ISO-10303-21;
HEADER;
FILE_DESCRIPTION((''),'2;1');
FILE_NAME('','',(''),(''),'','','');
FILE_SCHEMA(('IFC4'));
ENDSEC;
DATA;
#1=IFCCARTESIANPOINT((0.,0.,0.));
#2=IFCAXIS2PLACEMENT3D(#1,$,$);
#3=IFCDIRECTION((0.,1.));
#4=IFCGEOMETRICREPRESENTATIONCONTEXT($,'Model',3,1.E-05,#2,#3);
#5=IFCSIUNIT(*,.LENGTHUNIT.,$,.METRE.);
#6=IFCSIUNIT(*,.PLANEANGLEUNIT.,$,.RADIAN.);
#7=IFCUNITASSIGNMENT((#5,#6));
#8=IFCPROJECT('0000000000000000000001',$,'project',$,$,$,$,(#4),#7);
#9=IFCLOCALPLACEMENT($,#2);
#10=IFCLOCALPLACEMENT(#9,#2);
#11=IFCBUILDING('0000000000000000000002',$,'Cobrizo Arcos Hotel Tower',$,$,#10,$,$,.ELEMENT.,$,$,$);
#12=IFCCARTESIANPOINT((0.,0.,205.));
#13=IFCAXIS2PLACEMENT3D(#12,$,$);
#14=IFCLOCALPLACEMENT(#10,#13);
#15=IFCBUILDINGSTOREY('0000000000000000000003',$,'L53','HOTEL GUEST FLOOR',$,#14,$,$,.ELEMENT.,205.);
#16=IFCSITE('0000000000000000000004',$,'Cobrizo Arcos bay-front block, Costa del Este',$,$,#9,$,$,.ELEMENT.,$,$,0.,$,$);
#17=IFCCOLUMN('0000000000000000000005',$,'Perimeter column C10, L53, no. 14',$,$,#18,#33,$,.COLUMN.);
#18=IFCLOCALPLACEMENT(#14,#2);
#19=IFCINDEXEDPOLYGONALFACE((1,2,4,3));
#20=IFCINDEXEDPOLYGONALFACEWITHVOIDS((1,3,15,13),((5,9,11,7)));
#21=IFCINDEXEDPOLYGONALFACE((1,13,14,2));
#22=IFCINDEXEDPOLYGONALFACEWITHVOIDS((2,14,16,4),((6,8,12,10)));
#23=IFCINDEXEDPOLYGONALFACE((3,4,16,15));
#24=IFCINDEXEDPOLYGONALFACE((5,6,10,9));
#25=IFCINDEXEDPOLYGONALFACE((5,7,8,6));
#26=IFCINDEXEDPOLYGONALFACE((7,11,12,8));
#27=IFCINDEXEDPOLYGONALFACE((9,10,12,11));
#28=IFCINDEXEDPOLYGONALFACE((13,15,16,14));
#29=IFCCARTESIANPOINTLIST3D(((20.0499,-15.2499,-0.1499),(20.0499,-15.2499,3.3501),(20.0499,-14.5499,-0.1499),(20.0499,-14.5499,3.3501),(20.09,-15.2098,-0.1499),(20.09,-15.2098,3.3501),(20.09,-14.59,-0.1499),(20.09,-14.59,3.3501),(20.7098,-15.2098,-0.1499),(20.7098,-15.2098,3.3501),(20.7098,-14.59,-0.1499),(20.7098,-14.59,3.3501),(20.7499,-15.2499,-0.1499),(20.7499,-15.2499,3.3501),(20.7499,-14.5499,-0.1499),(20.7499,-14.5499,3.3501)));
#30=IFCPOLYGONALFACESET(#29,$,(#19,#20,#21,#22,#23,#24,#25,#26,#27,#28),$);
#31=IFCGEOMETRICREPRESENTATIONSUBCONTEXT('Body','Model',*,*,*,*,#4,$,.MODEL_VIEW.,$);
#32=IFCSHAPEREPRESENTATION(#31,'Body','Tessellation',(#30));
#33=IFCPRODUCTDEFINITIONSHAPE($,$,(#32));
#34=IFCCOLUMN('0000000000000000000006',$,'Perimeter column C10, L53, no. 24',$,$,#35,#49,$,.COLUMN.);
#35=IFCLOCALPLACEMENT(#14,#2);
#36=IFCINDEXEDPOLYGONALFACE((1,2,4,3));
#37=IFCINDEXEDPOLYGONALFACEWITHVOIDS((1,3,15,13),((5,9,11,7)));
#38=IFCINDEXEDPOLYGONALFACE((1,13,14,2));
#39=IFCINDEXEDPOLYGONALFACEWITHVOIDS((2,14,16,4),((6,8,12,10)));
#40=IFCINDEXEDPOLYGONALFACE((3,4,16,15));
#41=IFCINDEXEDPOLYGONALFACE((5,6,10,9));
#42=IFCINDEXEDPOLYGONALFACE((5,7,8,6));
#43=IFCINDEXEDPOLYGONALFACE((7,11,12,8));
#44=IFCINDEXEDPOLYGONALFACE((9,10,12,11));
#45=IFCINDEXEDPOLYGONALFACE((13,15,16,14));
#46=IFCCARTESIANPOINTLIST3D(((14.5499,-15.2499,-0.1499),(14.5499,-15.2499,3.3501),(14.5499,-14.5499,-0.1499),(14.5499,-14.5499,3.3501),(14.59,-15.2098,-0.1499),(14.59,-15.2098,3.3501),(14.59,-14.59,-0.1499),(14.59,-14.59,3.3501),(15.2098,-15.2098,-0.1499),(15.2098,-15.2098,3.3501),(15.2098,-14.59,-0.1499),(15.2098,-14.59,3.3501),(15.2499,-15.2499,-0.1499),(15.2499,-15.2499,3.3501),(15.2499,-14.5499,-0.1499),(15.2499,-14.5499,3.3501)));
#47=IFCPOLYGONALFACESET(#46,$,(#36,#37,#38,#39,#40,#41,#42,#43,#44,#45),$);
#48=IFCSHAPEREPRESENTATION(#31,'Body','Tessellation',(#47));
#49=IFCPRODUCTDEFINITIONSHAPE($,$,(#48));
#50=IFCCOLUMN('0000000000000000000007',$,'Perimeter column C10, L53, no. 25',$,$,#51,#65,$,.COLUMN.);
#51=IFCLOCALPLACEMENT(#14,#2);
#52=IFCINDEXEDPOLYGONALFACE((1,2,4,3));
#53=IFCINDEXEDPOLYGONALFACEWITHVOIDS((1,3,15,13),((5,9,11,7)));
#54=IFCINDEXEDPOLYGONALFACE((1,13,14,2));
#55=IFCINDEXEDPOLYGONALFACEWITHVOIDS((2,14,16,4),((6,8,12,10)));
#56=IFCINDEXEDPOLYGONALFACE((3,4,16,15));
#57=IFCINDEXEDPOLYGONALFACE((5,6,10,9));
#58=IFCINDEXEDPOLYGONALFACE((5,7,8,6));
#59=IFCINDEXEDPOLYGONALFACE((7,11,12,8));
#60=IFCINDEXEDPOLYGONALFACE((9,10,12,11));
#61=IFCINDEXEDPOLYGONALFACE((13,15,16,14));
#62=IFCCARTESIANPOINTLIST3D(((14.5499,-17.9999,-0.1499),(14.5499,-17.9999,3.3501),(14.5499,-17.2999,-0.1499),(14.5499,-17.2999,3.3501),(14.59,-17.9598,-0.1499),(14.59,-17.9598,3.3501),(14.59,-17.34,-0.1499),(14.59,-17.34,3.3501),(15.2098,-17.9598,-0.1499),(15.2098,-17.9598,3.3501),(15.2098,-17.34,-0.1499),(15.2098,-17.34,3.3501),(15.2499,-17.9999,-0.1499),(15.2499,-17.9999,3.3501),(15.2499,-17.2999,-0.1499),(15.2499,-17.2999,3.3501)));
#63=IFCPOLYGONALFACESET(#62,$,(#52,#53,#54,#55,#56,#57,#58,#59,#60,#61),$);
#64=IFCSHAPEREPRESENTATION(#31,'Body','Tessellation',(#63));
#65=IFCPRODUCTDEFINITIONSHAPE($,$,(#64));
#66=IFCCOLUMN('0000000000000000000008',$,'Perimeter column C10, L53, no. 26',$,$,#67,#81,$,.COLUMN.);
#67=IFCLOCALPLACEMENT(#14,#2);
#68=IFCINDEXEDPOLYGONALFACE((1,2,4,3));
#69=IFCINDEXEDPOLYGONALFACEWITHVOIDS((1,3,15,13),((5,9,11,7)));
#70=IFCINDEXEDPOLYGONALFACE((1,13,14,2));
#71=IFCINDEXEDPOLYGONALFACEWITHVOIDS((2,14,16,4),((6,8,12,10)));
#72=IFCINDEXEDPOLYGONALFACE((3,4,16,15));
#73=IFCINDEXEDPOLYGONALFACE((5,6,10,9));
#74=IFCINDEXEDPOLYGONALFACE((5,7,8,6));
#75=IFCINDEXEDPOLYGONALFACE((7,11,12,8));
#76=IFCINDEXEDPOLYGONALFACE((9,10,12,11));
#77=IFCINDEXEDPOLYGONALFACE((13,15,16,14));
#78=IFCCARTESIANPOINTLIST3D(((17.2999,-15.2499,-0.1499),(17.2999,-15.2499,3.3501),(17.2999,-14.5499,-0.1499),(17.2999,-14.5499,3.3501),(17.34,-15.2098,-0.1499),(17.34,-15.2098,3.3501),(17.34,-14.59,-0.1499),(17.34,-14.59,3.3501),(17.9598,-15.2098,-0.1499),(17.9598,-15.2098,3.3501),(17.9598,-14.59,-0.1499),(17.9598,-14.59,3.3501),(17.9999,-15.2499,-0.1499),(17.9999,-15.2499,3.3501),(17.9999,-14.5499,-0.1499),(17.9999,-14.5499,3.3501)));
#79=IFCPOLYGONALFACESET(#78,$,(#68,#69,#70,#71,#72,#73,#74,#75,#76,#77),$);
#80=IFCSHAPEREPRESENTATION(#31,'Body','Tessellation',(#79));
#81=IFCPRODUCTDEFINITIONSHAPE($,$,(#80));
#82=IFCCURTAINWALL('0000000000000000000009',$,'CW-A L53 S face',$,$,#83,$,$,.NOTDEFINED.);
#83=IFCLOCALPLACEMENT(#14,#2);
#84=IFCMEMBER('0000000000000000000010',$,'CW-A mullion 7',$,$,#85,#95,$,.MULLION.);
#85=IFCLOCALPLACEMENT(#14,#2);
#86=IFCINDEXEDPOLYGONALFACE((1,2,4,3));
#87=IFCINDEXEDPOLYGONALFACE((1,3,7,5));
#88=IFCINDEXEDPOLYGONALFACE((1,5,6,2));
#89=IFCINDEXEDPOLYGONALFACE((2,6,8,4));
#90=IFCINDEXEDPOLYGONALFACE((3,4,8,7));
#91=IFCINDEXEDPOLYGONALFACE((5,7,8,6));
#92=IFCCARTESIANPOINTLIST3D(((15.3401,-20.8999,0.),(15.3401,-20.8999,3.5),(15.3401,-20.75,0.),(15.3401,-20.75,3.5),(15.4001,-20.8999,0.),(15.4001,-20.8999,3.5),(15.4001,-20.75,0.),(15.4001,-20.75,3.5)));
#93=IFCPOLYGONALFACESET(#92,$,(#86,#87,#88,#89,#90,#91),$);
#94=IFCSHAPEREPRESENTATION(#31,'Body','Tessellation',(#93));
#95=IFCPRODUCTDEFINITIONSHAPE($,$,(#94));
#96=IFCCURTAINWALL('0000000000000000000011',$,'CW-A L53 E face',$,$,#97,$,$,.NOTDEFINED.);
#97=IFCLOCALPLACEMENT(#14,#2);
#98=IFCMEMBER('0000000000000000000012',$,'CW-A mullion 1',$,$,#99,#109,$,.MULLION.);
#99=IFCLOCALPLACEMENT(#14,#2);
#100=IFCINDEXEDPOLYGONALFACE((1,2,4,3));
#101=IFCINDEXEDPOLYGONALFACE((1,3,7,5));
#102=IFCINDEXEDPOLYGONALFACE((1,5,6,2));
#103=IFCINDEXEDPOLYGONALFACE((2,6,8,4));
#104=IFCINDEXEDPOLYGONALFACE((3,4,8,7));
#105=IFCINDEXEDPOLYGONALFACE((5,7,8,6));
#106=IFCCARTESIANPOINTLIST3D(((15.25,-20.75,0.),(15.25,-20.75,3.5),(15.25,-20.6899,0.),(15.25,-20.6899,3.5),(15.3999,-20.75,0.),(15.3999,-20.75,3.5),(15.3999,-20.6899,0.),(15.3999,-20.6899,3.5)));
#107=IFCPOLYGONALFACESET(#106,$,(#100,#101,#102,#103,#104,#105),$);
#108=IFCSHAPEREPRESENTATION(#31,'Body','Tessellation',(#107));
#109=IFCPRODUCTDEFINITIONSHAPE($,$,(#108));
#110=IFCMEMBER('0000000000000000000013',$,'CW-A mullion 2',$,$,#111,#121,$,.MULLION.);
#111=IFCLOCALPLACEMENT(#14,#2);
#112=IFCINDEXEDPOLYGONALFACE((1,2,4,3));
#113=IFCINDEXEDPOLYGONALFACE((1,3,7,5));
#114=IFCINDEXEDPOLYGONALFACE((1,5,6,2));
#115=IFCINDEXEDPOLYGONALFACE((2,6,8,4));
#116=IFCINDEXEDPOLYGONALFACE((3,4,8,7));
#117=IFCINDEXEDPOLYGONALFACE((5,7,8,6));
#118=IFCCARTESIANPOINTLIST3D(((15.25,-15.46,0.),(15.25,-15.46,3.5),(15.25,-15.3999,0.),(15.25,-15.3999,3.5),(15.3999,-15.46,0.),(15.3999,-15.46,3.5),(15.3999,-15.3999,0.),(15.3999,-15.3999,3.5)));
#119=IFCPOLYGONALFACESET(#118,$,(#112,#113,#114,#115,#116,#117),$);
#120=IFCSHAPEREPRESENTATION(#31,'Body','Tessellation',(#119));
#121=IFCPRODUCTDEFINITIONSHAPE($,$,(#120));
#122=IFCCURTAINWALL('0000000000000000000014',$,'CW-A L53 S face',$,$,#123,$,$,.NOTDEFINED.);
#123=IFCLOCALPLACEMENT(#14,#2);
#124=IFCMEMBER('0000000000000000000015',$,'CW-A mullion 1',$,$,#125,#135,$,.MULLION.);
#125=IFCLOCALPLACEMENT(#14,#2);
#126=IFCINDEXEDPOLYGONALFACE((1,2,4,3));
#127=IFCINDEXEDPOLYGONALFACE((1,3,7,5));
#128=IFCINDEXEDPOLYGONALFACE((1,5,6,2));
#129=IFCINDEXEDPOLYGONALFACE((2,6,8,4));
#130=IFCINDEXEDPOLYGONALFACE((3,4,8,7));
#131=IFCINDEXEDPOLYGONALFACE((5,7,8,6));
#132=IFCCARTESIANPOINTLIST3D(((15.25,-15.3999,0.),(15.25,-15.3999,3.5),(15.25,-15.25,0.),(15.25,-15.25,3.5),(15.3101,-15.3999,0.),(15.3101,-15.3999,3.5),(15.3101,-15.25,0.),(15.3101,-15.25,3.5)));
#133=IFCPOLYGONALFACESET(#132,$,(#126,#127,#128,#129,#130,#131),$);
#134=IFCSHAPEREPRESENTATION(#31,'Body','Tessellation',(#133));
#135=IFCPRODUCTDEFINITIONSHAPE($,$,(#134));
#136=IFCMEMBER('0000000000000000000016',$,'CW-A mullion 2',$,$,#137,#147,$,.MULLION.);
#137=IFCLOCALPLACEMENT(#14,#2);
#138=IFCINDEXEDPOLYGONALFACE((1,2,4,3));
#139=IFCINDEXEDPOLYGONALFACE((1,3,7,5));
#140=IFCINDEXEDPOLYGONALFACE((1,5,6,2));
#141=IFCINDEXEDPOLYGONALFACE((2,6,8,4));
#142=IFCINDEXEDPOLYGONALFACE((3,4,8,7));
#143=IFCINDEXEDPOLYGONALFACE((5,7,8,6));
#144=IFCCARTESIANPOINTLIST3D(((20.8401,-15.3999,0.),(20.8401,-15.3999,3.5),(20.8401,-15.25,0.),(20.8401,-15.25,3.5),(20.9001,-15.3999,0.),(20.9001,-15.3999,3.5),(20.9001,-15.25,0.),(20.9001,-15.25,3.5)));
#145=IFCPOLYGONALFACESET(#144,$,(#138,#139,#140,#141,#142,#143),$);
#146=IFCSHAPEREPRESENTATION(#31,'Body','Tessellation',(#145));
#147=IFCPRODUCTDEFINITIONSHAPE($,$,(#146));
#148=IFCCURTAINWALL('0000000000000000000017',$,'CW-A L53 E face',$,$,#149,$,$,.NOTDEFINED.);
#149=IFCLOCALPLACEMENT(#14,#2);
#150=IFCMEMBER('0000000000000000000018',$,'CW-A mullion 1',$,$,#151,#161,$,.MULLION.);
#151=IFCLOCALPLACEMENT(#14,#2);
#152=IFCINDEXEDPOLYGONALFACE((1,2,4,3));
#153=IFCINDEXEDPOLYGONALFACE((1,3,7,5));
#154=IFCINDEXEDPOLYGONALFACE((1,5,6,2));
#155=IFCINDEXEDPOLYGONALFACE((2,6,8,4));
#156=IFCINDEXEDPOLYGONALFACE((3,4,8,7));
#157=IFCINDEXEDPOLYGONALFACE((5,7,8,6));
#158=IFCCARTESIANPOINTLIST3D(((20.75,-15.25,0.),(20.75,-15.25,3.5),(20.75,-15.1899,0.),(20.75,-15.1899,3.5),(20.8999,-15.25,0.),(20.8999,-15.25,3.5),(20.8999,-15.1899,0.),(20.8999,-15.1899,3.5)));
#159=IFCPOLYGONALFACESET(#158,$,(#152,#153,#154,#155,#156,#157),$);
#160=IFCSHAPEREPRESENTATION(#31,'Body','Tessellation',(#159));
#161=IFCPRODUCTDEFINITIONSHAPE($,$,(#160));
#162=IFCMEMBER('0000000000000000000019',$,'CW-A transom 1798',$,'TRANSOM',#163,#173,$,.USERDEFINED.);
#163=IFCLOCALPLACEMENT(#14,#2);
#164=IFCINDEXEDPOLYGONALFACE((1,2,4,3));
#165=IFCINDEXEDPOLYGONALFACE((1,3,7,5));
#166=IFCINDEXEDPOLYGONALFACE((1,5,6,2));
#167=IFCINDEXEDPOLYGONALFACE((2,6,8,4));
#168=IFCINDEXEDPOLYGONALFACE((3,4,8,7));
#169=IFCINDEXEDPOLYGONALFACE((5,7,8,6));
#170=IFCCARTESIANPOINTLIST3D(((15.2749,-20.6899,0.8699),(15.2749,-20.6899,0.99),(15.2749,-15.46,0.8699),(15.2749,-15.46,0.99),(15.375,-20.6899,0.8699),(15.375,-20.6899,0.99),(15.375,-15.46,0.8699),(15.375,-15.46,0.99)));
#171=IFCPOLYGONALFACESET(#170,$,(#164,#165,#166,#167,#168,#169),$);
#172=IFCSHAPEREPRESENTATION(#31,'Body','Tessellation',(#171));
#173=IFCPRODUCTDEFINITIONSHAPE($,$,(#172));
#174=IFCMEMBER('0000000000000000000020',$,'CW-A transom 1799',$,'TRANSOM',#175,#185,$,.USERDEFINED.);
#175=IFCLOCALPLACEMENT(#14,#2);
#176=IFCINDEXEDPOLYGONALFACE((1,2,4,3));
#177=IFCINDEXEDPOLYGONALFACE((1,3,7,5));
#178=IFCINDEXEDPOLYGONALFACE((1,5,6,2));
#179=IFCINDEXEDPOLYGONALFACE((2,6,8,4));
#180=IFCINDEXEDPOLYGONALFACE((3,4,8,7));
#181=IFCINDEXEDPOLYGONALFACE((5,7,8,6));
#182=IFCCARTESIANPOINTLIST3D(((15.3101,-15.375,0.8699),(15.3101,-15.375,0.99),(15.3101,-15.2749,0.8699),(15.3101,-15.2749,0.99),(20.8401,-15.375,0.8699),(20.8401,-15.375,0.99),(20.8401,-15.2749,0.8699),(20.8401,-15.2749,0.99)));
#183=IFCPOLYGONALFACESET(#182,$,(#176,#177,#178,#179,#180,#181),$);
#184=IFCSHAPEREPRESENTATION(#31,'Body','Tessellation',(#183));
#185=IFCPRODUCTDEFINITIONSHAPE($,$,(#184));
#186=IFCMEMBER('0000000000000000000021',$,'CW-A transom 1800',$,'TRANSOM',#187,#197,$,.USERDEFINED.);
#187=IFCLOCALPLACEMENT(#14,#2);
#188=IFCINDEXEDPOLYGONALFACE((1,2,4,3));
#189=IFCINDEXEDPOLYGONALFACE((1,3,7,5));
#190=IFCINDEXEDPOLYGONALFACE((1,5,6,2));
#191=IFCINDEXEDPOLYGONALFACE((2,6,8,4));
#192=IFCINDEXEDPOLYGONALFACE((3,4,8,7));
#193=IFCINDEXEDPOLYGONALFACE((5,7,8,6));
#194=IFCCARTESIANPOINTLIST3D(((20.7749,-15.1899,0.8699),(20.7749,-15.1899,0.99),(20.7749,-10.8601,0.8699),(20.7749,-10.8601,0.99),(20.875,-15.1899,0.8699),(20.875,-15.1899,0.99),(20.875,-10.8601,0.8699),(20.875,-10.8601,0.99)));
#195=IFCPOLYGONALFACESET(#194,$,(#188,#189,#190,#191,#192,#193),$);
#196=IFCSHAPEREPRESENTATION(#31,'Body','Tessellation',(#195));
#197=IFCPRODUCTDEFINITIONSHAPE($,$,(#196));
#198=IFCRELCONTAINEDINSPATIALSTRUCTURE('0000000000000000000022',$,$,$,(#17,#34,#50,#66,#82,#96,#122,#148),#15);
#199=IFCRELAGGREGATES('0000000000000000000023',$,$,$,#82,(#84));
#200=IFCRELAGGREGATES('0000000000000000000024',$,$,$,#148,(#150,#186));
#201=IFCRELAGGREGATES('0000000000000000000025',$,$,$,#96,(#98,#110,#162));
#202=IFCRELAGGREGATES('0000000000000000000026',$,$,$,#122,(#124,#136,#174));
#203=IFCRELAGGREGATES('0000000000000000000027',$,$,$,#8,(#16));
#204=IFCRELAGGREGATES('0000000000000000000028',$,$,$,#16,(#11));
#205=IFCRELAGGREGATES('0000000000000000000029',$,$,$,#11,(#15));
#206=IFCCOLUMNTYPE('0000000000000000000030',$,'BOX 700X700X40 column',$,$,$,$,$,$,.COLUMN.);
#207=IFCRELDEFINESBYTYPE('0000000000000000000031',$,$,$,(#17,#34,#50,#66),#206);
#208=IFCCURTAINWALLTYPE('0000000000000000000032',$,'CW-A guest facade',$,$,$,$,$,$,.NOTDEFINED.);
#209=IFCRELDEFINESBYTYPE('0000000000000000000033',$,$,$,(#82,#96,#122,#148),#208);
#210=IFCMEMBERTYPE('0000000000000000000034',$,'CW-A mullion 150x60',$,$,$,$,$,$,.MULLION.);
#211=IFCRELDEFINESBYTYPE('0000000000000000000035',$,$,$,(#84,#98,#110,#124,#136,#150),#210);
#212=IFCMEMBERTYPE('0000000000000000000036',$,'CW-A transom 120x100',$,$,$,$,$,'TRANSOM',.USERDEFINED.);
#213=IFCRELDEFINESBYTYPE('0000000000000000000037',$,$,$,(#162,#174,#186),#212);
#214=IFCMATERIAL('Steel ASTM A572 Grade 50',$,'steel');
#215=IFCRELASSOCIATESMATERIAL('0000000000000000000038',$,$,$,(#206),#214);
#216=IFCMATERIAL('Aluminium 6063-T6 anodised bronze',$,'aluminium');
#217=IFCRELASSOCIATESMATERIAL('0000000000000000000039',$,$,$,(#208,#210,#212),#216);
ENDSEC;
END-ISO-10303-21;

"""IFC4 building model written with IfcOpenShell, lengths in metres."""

from ifc_helpers import new_model, si_unit, direction, frame, origin, origin_2d, place, context, subcontext, project, spatial, rectangle, hollow_rectangle, extrude, material, material_profile, profile_set, type_object, element, aggregate, save


model = new_model("IFC4")

# Units and contexts
model_context = context("Model", 3, precision=1e-05, world=origin(), true_north=direction((0.0, 1.0)))
body_context = subcontext(model_context, "Body", "Model", "MODEL_VIEW")
ifc_project = project(units=[si_unit("LENGTHUNIT", "METRE"), si_unit("PLANEANGLEUNIT", "RADIAN")], contexts=[model_context])

# Site, building, storey
site_placement = place(None, origin())
site = spatial("IfcSite", under=ifc_project, at=site_placement, Name="Cobrizo Arcos bay-front block, Costa del Este", CompositionType="ELEMENT", RefElevation=0.0)
building_placement = place(site_placement, origin())
building = spatial("IfcBuilding", under=site, at=building_placement, Name="Cobrizo Arcos Hotel Tower", CompositionType="ELEMENT")
storey_placement = place(building_placement, frame((0.0, 0.0, 205.0)))
storey = spatial("IfcBuildingStorey", under=building, at=storey_placement, Name="L53", Description="HOTEL GUEST FLOOR", CompositionType="ELEMENT", Elevation=205.0)

# Columns
ifc_material_1 = material(Name="Steel ASTM A572 Grade 50", Category="steel")
ifc_material_profile_1 = material_profile(ifc_material_1, hollow_rectangle(XDim=0.7, YDim=0.7, WallThickness=0.04, at=origin_2d()), Name="BOX 700X700X40")
ifc_profile_set_1 = profile_set([ifc_material_profile_1], Name="Steel ASTM A572 Grade 50")
column_type = type_object("IfcColumnType", Name="BOX 700X700X40 column", PredefinedType="COLUMN", material=ifc_profile_set_1)
for number, where, z_axis, x_axis, name in (
    (1, (20.3999, -14.8999, -0.1499), (0.0, 0.0, 1.0), (1.0, 0.0, 0.0), "Perimeter column C10, L53, no. 14"),
    (2, (14.8999, -14.8999, -0.1499), (0.0, 0.0, 1.0), (1.0, 0.0, 0.0), "Perimeter column C10, L53, no. 24"),
    (3, (14.8999, -17.6499, -0.1499), (0.0, 0.0, 1.0), (1.0, 0.0, 0.0), "Perimeter column C10, L53, no. 25"),
    (4, (17.6499, -14.8999, -0.1499), (0.0, 0.0, 1.0), (1.0, 0.0, 0.0), "Perimeter column C10, L53, no. 26"),
):
    element("IfcColumn", number, at=place(storey_placement, frame(where, z_axis=z_axis, x_axis=x_axis)), inside=storey, type_object=column_type, Name=name, PredefinedType="COLUMN", context=body_context, shape_type="SweptSolid", body=[
        extrude(hollow_rectangle(XDim=0.7, YDim=0.7, WallThickness=0.04, at=origin_2d()), origin(), (0.0, 0.0, 1.0), 3.5),
    ])

# Curtain wall, member
ifc_material_2 = material(Name="Aluminium 6063-T6 anodised bronze", Category="aluminium")
curtain_wall_type = type_object("IfcCurtainWallType", Name="CW-A guest facade", PredefinedType="NOTDEFINED", material=ifc_material_2)
curtain_wall_1_placement = place(storey_placement, origin())
curtain_wall_1 = element("IfcCurtainWall", 5, at=curtain_wall_1_placement, inside=storey, type_object=curtain_wall_type, Name="CW-A L53 S face", PredefinedType="NOTDEFINED")
ifc_material_profile_2 = material_profile(ifc_material_2, rectangle(XDim=0.1499, YDim=0.0601, at=origin_2d()), Name="CW-A mullion 150x60")
ifc_profile_set_2 = profile_set([ifc_material_profile_2], Name="Aluminium 6063-T6 anodised bronze")
member_type_1 = type_object("IfcMemberType", Name="CW-A mullion 150x60", PredefinedType="MULLION", material=ifc_profile_set_2)
member_1_placement = place(storey_placement, frame((15.3701, -20.825, 0.0), z_axis=(0.0, 0.0, 1.0), x_axis=(0.0, -1.0, 0.0)))
member_1 = element("IfcMember", 6, at=member_1_placement, type_object=member_type_1, Name="CW-A mullion 7", PredefinedType="MULLION", context=body_context, shape_type="SweptSolid", body=[
    extrude(rectangle(XDim=0.1499, YDim=0.0601, at=origin_2d()), origin(), (0.0, 0.0, 1.0), 3.5),
])
aggregate(curtain_wall_1, [member_1])

# Curtain walls, members
curtain_wall_2_placement = place(storey_placement, origin())
curtain_wall_2 = element("IfcCurtainWall", 7, at=curtain_wall_2_placement, inside=storey, type_object=curtain_wall_type, Name="CW-A L53 E face", PredefinedType="NOTDEFINED")
member_2_placement = place(storey_placement, frame((15.325, -20.72, 0.0), z_axis=(0.0, 0.0, 1.0), x_axis=(1.0, 0.0, 0.0)))
member_2 = element("IfcMember", 8, at=member_2_placement, type_object=member_type_1, Name="CW-A mullion 1", PredefinedType="MULLION", context=body_context, shape_type="SweptSolid", body=[
    extrude(rectangle(XDim=0.1499, YDim=0.0601, at=origin_2d()), origin(), (0.0, 0.0, 1.0), 3.5),
])
member_3_placement = place(storey_placement, frame((15.325, -15.4299, 0.0), z_axis=(0.0, 0.0, 1.0), x_axis=(1.0, 0.0, 0.0)))
member_3 = element("IfcMember", 9, at=member_3_placement, type_object=member_type_1, Name="CW-A mullion 2", PredefinedType="MULLION", context=body_context, shape_type="SweptSolid", body=[
    extrude(rectangle(XDim=0.1499, YDim=0.0601, at=origin_2d()), origin(), (0.0, 0.0, 1.0), 3.5),
])
curtain_wall_3_placement = place(storey_placement, origin())
curtain_wall_3 = element("IfcCurtainWall", 10, at=curtain_wall_3_placement, inside=storey, type_object=curtain_wall_type, Name="CW-A L53 S face", PredefinedType="NOTDEFINED")
member_4_placement = place(storey_placement, frame((15.28, -15.325, 0.0), z_axis=(0.0, 0.0, 1.0), x_axis=(0.0, -1.0, 0.0)))
member_4 = element("IfcMember", 11, at=member_4_placement, type_object=member_type_1, Name="CW-A mullion 1", PredefinedType="MULLION", context=body_context, shape_type="SweptSolid", body=[
    extrude(rectangle(XDim=0.1499, YDim=0.0601, at=origin_2d()), origin(), (0.0, 0.0, 1.0), 3.5),
])
member_5_placement = place(storey_placement, frame((20.8701, -15.325, 0.0), z_axis=(0.0, 0.0, 1.0), x_axis=(0.0, -1.0, 0.0)))
member_5 = element("IfcMember", 12, at=member_5_placement, type_object=member_type_1, Name="CW-A mullion 2", PredefinedType="MULLION", context=body_context, shape_type="SweptSolid", body=[
    extrude(rectangle(XDim=0.1499, YDim=0.0601, at=origin_2d()), origin(), (0.0, 0.0, 1.0), 3.5),
])

# Curtain wall, member
curtain_wall_4_placement = place(storey_placement, origin())
curtain_wall_4 = element("IfcCurtainWall", 13, at=curtain_wall_4_placement, inside=storey, type_object=curtain_wall_type, Name="CW-A L53 E face", PredefinedType="NOTDEFINED")
member_6_placement = place(storey_placement, frame((20.825, -15.22, 0.0), z_axis=(0.0, 0.0, 1.0), x_axis=(1.0, 0.0, 0.0)))
member_6 = element("IfcMember", 14, at=member_6_placement, type_object=member_type_1, Name="CW-A mullion 1", PredefinedType="MULLION", context=body_context, shape_type="SweptSolid", body=[
    extrude(rectangle(XDim=0.1499, YDim=0.0601, at=origin_2d()), origin(), (0.0, 0.0, 1.0), 3.5),
])

# Members
ifc_material_profile_3 = material_profile(ifc_material_2, rectangle(XDim=0.1001, YDim=0.1201, at=origin_2d()), Name="CW-A transom 120x100")
ifc_profile_set_3 = profile_set([ifc_material_profile_3], Name="Aluminium 6063-T6 anodised bronze")
member_type_2 = type_object("IfcMemberType", Name="CW-A transom 120x100", ElementType="TRANSOM", PredefinedType="USERDEFINED", material=ifc_profile_set_3)
member_7_placement = place(storey_placement, frame((15.325, -20.6899, 0.9299), z_axis=(0.0, 1.0, 0.0), x_axis=(-1.0, 0.0, 0.0)))
member_7 = element("IfcMember", 15, at=member_7_placement, type_object=member_type_2, Name="CW-A transom 1798", ObjectType="TRANSOM", PredefinedType="USERDEFINED", context=body_context, shape_type="SweptSolid", body=[
    extrude(rectangle(XDim=0.1001, YDim=0.1201, at=origin_2d()), origin(), (0.0, 0.0, 1.0), 5.23),
])
member_8_placement = place(storey_placement, frame((15.3101, -15.325, 0.9299), z_axis=(1.0, 0.0, 0.0), x_axis=(0.0, 1.0, 0.0)))
member_8 = element("IfcMember", 16, at=member_8_placement, type_object=member_type_2, Name="CW-A transom 1799", ObjectType="TRANSOM", PredefinedType="USERDEFINED", context=body_context, shape_type="SweptSolid", body=[
    extrude(rectangle(XDim=0.1001, YDim=0.1201, at=origin_2d()), origin(), (0.0, 0.0, 1.0), 5.53),
])
member_9_placement = place(storey_placement, frame((20.825, -15.1899, 0.9299), z_axis=(0.0, 1.0, 0.0), x_axis=(-1.0, 0.0, 0.0)))
member_9 = element("IfcMember", 17, at=member_9_placement, type_object=member_type_2, Name="CW-A transom 1800", ObjectType="TRANSOM", PredefinedType="USERDEFINED", context=body_context, shape_type="SweptSolid", body=[
    extrude(rectangle(XDim=0.1001, YDim=0.1201, at=origin_2d()), origin(), (0.0, 0.0, 1.0), 4.3298),
])
aggregate(curtain_wall_4, [member_6, member_9])

aggregate(curtain_wall_2, [member_2, member_3, member_7])
aggregate(curtain_wall_3, [member_4, member_5, member_8])

save(model, "model.ifc")
